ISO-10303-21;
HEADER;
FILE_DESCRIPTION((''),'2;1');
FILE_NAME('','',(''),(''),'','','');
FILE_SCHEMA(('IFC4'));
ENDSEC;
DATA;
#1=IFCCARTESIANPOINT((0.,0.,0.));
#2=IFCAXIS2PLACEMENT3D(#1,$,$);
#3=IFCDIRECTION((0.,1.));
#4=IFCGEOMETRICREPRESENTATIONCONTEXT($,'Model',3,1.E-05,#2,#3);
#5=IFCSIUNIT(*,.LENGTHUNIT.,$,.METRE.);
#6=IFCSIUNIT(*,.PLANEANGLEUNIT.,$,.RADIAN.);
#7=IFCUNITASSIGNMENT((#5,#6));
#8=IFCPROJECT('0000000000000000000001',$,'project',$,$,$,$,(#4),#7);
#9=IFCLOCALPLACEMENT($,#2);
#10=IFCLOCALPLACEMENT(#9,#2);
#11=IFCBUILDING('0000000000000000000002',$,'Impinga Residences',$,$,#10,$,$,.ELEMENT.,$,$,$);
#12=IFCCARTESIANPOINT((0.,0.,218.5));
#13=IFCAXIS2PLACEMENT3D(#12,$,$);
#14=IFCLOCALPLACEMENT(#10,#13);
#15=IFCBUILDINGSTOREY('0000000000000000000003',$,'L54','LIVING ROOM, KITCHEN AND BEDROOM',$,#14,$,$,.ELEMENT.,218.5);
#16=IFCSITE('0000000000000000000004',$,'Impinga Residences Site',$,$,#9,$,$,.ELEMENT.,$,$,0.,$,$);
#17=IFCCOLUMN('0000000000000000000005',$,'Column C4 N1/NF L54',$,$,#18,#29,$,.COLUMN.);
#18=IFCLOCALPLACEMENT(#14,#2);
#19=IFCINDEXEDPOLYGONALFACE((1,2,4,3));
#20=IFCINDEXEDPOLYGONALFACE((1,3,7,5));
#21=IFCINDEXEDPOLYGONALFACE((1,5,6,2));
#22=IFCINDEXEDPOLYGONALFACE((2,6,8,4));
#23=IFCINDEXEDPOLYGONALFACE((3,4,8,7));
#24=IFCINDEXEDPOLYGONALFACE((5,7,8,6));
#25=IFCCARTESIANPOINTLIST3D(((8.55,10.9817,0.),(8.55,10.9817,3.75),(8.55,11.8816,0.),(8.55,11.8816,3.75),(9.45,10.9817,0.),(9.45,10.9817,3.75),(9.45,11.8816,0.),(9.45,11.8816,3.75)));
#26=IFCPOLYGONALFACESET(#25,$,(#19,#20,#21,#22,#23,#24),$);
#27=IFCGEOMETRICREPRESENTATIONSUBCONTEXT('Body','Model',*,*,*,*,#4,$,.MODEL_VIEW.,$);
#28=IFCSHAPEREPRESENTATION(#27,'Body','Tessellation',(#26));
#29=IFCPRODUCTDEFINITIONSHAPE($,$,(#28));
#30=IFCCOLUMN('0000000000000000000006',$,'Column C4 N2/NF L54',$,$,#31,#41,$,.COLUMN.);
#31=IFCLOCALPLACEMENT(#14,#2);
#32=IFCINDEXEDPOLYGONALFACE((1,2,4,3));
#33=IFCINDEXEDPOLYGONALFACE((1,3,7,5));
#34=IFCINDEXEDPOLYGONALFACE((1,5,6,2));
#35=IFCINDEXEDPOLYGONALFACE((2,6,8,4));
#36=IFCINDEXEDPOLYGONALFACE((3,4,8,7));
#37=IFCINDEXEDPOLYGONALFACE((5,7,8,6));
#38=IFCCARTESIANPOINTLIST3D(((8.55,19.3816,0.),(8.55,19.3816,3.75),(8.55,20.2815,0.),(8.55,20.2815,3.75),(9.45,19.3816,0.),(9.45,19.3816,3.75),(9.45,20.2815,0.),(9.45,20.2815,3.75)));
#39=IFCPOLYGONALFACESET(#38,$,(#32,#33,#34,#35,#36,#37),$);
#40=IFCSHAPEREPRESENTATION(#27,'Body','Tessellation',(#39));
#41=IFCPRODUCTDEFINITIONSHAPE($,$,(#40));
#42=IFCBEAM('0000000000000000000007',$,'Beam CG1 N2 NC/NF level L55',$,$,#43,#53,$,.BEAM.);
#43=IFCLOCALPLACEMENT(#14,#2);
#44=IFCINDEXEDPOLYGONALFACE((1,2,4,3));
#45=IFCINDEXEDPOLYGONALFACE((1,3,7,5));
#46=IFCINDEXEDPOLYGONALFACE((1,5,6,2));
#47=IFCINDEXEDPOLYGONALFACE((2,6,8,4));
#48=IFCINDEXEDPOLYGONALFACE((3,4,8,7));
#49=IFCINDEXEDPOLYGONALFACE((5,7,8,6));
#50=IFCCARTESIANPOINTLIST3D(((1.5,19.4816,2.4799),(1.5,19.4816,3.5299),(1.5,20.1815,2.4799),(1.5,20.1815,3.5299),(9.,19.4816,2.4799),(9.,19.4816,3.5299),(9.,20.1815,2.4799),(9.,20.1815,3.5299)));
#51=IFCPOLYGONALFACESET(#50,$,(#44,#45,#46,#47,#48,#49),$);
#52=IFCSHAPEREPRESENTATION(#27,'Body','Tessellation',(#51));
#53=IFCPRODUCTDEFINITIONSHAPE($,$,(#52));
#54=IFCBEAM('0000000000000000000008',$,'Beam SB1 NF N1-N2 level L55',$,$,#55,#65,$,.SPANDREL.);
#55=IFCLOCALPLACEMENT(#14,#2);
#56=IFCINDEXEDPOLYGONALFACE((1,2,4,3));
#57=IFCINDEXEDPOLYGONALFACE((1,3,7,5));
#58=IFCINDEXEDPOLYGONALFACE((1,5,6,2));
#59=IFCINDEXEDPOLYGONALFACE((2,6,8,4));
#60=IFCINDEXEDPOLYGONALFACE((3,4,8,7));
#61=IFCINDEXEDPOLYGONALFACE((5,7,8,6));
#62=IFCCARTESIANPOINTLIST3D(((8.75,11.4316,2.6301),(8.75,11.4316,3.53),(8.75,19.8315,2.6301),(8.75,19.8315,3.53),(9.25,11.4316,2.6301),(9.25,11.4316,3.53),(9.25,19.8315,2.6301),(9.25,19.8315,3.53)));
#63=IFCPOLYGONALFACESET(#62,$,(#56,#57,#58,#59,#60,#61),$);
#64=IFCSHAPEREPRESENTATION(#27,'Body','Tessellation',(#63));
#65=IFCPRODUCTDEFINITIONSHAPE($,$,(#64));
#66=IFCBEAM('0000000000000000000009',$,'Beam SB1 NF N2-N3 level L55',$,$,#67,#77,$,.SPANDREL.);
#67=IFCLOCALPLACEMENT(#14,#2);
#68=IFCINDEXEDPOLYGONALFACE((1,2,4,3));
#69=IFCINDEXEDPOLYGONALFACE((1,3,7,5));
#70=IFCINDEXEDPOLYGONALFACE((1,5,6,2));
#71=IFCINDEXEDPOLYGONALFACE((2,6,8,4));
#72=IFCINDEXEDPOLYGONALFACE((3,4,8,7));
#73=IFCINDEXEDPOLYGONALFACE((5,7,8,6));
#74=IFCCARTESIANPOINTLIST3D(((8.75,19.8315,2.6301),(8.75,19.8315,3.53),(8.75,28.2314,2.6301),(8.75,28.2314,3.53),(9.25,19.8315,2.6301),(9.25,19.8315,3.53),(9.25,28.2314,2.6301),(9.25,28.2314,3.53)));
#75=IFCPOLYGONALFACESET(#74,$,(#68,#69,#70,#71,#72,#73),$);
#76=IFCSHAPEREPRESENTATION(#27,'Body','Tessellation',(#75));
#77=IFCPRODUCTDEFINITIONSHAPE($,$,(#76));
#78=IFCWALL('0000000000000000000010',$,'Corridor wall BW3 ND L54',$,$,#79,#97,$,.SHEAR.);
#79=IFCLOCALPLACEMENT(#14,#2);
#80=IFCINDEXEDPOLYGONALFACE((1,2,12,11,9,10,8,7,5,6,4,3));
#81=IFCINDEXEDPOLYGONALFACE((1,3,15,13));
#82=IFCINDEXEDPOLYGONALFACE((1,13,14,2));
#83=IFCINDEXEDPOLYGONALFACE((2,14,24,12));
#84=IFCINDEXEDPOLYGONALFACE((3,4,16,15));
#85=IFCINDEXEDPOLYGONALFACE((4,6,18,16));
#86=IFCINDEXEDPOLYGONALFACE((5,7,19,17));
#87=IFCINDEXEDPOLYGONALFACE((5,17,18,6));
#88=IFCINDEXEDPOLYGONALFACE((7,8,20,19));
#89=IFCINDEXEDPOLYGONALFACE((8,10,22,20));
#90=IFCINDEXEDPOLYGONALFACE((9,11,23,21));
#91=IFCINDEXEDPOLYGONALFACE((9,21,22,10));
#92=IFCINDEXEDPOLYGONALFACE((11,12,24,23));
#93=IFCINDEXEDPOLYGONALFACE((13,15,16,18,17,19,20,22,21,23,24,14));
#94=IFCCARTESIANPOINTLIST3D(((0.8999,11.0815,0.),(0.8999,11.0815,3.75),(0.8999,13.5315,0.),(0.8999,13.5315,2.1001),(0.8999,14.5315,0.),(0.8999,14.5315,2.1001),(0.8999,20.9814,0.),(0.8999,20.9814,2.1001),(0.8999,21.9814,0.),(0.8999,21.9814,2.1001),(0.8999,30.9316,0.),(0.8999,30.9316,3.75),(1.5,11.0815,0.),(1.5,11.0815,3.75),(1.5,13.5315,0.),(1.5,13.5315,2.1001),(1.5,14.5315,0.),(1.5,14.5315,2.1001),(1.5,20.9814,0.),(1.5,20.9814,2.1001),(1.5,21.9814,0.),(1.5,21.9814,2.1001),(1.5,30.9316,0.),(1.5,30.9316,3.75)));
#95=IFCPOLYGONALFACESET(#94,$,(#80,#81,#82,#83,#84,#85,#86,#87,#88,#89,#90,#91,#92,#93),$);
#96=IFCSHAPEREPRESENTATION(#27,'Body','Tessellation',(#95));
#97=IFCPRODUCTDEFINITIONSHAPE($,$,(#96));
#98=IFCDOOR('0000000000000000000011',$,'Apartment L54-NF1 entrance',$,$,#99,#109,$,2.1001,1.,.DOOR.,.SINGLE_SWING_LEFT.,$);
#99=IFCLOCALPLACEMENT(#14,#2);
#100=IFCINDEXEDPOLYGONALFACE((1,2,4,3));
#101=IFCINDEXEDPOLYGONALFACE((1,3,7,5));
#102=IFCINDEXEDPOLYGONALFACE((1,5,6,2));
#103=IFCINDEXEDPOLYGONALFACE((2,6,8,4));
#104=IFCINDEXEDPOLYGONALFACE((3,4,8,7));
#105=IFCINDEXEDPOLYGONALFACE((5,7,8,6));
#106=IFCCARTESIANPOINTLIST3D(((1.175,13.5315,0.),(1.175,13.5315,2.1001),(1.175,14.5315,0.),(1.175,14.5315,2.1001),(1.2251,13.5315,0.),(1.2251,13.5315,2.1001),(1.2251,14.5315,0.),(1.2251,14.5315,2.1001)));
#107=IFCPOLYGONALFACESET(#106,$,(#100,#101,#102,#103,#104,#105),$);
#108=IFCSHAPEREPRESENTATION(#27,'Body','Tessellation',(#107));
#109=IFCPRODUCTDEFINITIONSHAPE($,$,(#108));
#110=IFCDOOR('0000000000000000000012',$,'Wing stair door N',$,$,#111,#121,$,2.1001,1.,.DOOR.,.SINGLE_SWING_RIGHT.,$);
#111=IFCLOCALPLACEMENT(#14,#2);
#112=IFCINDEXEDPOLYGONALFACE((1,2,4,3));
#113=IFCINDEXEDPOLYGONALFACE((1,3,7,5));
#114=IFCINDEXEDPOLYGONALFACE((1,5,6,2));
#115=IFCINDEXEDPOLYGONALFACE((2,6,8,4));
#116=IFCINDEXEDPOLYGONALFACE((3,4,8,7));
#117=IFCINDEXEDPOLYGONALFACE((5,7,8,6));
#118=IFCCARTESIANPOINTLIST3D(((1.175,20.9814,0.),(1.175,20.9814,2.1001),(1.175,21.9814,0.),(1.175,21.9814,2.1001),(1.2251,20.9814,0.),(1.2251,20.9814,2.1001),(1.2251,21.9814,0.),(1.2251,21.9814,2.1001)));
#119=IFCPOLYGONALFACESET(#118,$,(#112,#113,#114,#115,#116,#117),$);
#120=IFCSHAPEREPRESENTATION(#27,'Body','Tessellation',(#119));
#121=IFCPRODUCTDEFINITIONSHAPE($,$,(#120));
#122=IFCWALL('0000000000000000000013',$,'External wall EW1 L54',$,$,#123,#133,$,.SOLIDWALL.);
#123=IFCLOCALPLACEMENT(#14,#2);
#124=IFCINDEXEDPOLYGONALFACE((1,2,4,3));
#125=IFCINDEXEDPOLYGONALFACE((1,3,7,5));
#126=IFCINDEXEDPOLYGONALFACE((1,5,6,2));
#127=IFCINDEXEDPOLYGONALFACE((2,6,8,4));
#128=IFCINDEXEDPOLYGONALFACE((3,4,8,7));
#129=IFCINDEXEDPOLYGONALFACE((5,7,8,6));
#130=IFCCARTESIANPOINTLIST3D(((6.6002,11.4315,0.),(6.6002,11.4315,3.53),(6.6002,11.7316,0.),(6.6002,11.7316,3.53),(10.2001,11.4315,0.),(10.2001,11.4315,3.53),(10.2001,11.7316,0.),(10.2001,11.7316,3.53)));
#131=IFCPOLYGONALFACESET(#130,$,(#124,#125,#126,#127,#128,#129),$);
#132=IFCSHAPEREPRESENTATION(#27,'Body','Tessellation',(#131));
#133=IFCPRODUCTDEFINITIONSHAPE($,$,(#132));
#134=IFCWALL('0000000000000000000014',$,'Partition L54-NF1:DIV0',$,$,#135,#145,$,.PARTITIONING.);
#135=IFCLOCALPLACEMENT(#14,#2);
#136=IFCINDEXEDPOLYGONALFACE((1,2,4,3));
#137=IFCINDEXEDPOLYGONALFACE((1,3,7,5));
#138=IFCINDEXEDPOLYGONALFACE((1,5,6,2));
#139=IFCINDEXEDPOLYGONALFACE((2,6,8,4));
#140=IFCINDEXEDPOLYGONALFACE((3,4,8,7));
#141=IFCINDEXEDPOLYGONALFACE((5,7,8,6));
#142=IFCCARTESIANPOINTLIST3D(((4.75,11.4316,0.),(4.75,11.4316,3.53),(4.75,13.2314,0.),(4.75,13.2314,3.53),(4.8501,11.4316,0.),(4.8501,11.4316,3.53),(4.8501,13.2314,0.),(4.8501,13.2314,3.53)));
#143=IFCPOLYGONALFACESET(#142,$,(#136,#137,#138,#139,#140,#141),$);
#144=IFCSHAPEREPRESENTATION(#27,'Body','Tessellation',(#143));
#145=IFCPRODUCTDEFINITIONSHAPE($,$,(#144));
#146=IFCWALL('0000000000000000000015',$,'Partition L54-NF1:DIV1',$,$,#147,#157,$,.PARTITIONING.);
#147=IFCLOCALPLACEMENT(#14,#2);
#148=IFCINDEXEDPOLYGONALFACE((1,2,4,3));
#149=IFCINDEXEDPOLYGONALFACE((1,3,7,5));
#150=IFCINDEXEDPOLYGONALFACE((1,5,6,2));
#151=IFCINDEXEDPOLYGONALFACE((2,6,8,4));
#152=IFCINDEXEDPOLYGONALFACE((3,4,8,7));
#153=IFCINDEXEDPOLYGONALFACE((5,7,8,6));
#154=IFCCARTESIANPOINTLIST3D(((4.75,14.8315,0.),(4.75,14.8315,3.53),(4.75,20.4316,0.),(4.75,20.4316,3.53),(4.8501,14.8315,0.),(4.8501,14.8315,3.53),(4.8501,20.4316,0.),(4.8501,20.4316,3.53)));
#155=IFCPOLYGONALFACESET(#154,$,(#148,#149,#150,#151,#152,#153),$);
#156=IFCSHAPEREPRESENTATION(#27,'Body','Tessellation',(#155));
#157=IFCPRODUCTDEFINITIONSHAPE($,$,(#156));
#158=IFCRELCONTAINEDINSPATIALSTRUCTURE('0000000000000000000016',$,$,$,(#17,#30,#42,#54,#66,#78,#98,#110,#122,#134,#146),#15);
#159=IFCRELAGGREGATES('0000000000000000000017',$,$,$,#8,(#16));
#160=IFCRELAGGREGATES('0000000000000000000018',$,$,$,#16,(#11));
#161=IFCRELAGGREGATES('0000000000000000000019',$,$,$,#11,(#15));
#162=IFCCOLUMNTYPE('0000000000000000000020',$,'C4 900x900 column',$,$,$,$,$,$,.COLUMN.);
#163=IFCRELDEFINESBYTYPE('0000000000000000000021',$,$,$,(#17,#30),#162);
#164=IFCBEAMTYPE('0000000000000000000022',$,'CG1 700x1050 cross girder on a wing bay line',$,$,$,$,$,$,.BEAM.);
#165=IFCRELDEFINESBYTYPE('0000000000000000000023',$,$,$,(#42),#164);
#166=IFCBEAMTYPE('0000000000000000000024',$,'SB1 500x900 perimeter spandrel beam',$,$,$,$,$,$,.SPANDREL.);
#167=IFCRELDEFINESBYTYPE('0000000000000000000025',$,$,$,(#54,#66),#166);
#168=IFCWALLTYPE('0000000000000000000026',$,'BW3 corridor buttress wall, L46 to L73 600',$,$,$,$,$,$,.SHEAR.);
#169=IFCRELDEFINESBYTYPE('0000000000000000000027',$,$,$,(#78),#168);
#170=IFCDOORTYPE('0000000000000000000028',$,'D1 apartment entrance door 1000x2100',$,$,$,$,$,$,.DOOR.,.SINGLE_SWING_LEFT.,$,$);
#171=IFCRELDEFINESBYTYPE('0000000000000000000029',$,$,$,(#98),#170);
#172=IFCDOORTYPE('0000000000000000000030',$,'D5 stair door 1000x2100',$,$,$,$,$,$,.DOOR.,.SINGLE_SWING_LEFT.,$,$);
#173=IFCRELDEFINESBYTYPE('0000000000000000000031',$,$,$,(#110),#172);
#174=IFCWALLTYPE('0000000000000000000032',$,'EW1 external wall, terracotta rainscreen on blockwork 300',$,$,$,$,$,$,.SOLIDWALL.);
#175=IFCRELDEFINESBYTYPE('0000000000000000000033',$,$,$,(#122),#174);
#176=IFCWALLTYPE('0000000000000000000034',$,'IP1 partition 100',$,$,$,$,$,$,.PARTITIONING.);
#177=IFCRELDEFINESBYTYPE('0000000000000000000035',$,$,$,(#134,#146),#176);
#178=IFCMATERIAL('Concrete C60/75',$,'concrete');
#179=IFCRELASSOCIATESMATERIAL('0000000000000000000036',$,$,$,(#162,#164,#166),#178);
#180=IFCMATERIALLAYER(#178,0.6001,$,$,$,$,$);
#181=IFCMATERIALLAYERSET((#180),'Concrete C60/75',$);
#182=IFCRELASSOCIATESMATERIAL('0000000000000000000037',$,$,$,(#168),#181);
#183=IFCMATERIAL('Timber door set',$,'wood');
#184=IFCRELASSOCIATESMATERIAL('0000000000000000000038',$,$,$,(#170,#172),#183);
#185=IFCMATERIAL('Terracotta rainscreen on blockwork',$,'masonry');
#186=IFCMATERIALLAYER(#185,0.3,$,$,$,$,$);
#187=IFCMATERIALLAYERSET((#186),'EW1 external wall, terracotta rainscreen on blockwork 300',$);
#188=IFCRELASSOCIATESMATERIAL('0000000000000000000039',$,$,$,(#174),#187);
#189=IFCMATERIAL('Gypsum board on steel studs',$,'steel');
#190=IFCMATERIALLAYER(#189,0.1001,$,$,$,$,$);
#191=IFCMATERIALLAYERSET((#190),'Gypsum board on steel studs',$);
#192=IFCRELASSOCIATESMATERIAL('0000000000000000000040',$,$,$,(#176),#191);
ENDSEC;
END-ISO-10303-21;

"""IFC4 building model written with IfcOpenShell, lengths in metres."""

from ifc_helpers import new_model, si_unit, direction, frame, frame_2d, origin, origin_2d, place, context, subcontext, project, spatial, rectangle, extrude, material, layer, layer_set, material_profile, profile_set, type_object, element, fill, save


model = new_model("IFC4")

# Units and contexts
model_context = context("Model", 3, precision=1e-05, world=origin(), true_north=direction((0.0, 1.0)))
body_context = subcontext(model_context, "Body", "Model", "MODEL_VIEW")
ifc_project = project(units=[si_unit("LENGTHUNIT", "METRE"), si_unit("PLANEANGLEUNIT", "RADIAN")], contexts=[model_context])

# Site, building, storey
site_placement = place(None, origin())
site = spatial("IfcSite", under=ifc_project, at=site_placement, Name="Impinga Residences Site", CompositionType="ELEMENT", RefElevation=0.0)
building_placement = place(site_placement, origin())
building = spatial("IfcBuilding", under=site, at=building_placement, Name="Impinga Residences", CompositionType="ELEMENT")
storey_placement = place(building_placement, frame((0.0, 0.0, 218.5)))
storey = spatial("IfcBuildingStorey", under=building, at=storey_placement, Name="L54", Description="LIVING ROOM, KITCHEN AND BEDROOM", CompositionType="ELEMENT", Elevation=218.5)

# Columns
ifc_material_1 = material(Name="Concrete C60/75", Category="concrete")
ifc_material_profile_1 = material_profile(ifc_material_1, rectangle(XDim=0.8999, YDim=0.8999, at=origin_2d()), Name="RC 900x900")
ifc_profile_set_1 = profile_set([ifc_material_profile_1], Name="Concrete C60/75")
column_type = type_object("IfcColumnType", Name="C4 900x900 column", PredefinedType="COLUMN", material=ifc_profile_set_1)
for number, where, z_axis, x_axis, name in (
    (1, (9.0, 11.4316, 0.0), (0.0, 0.0, 1.0), (1.0, 0.0, 0.0), "Column C4 N1/NF L54"),
    (2, (9.0, 19.8315, 0.0), (0.0, 0.0, 1.0), (1.0, 0.0, 0.0), "Column C4 N2/NF L54"),
):
    element("IfcColumn", number, at=place(storey_placement, frame(where, z_axis=z_axis, x_axis=x_axis)), inside=storey, type_object=column_type, Name=name, PredefinedType="COLUMN", context=body_context, shape_type="SweptSolid", body=[
        extrude(rectangle(XDim=0.8999, YDim=0.8999, at=origin_2d()), origin(), (0.0, 0.0, 1.0), 3.75),
    ])

# Beams
ifc_material_profile_2 = material_profile(ifc_material_1, rectangle(XDim=0.7, YDim=1.05, at=origin_2d()), Name="RC 700x1050")
ifc_profile_set_2 = profile_set([ifc_material_profile_2], Name="Concrete C60/75")
beam_type_1 = type_object("IfcBeamType", Name="CG1 700x1050 cross girder on a wing bay line", PredefinedType="BEAM", material=ifc_profile_set_2)
beam_placement = place(storey_placement, frame((1.5, 19.8315, 3.0049), z_axis=(1.0, 0.0, 0.0), x_axis=(0.0, 1.0, 0.0)))
element("IfcBeam", 3, at=beam_placement, inside=storey, type_object=beam_type_1, Name="Beam CG1 N2 NC/NF level L55", PredefinedType="BEAM", context=body_context, shape_type="SweptSolid", body=[
    extrude(rectangle(XDim=0.7, YDim=1.05, at=origin_2d()), origin(), (0.0, 0.0, 1.0), 7.5),
])
ifc_material_profile_3 = material_profile(ifc_material_1, rectangle(XDim=0.5, YDim=0.8999, at=origin_2d()), Name="RC 500x900")
ifc_profile_set_3 = profile_set([ifc_material_profile_3], Name="Concrete C60/75")
beam_type_2 = type_object("IfcBeamType", Name="SB1 500x900 perimeter spandrel beam", PredefinedType="SPANDREL", material=ifc_profile_set_3)
for number, where, z_axis, x_axis, name in (
    (4, (9.0, 11.4316, 3.0801), (0.0, 1.0, 0.0), (-1.0, 0.0, 0.0), "Beam SB1 NF N1-N2 level L55"),
    (5, (9.0, 19.8315, 3.0801), (0.0, 1.0, 0.0), (-1.0, 0.0, 0.0), "Beam SB1 NF N2-N3 level L55"),
):
    element("IfcBeam", number, at=place(storey_placement, frame(where, z_axis=z_axis, x_axis=x_axis)), inside=storey, type_object=beam_type_2, Name=name, PredefinedType="SPANDREL", context=body_context, shape_type="SweptSolid", body=[
        extrude(rectangle(XDim=0.5, YDim=0.8999, at=origin_2d()), origin(), (0.0, 0.0, 1.0), 8.3999),
    ])

# Wall, openings, doors
ifc_layer_1 = layer(ifc_material_1, 0.6001)
ifc_layer_set_1 = layer_set([ifc_layer_1], Name="Concrete C60/75")
wall_type_1 = type_object("IfcWallType", Name="BW3 corridor buttress wall, L46 to L73 600", PredefinedType="SHEAR", material=ifc_layer_set_1)
wall_1_placement = place(storey_placement, frame((1.2, 11.0815, 0.0), z_axis=(0.0, 0.0, 1.0), x_axis=(0.0, 1.0, 0.0)))
wall_1 = element("IfcWall", 6, at=wall_1_placement, inside=storey, type_object=wall_type_1, Name="Corridor wall BW3 ND L54", PredefinedType="SHEAR", context=body_context, shape_type="SweptSolid", body=[
    extrude(rectangle(XDim=19.8501, YDim=0.6001, at=frame_2d((9.925, 0.0))), origin(), (0.0, 0.0, 1.0), 3.75),
])
opening_1_placement = place(wall_1_placement, frame((9.8999, 0.0, 0.0)))
opening_1 = element("IfcOpeningElement", 7, at=opening_1_placement, cuts=wall_1, PredefinedType="OPENING", context=body_context, shape_type="SweptSolid", body=[
    extrude(rectangle(XDim=1.0, YDim=2.1001, at=frame_2d((0.5, 1.05))), frame((0.0, 0.3101, 0.0), z_axis=(0.0, -1.0, 0.0), x_axis=(1.0, 0.0, 0.0)), (0.0, 0.0, 1.0), 0.6201),
])
opening_2_placement = place(wall_1_placement, frame((2.45, 0.0, 0.0)))
opening_2 = element("IfcOpeningElement", 8, at=opening_2_placement, cuts=wall_1, PredefinedType="OPENING", context=body_context, shape_type="SweptSolid", body=[
    extrude(rectangle(XDim=1.0, YDim=2.1001, at=frame_2d((0.5, 1.05))), frame((0.0, 0.3101, 0.0), z_axis=(0.0, -1.0, 0.0), x_axis=(1.0, 0.0, 0.0)), (0.0, 0.0, 1.0), 0.6201),
])
ifc_material_2 = material(Name="Timber door set", Category="wood")
door_type_1 = type_object("IfcDoorType", Name="D1 apartment entrance door 1000x2100", OperationType="SINGLE_SWING_LEFT", PredefinedType="DOOR", material=ifc_material_2)
door_1_placement = place(opening_2_placement, origin())
door_1 = element("IfcDoor", 9, at=door_1_placement, inside=storey, type_object=door_type_1, Name="Apartment L54-NF1 entrance", OperationType="SINGLE_SWING_LEFT", OverallHeight=2.1001, OverallWidth=1.0, PredefinedType="DOOR", context=body_context, shape_type="SweptSolid", body=[
    extrude(rectangle(XDim=1.0, YDim=2.1001, at=frame_2d((0.5, 1.05))), frame((0.0, 0.0249, 0.0), z_axis=(0.0, -1.0, 0.0), x_axis=(1.0, 0.0, 0.0)), (0.0, 0.0, 1.0), 0.05),
])
fill(opening_2, door_1)
door_type_2 = type_object("IfcDoorType", Name="D5 stair door 1000x2100", OperationType="SINGLE_SWING_LEFT", PredefinedType="DOOR", material=ifc_material_2)
door_2_placement = place(opening_1_placement, origin())
door_2 = element("IfcDoor", 10, at=door_2_placement, inside=storey, type_object=door_type_2, Name="Wing stair door N", OperationType="SINGLE_SWING_RIGHT", OverallHeight=2.1001, OverallWidth=1.0, PredefinedType="DOOR", context=body_context, shape_type="SweptSolid", body=[
    extrude(rectangle(XDim=1.0, YDim=2.1001, at=frame_2d((0.5, 1.05))), frame((0.0, 0.0249, 0.0), z_axis=(0.0, -1.0, 0.0), x_axis=(1.0, 0.0, 0.0)), (0.0, 0.0, 1.0), 0.05),
])
fill(opening_1, door_2)

# Walls
ifc_material_3 = material(Name="Terracotta rainscreen on blockwork", Category="masonry")
ifc_layer_2 = layer(ifc_material_3, 0.3)
ifc_layer_set_2 = layer_set([ifc_layer_2], Name="EW1 external wall, terracotta rainscreen on blockwork 300")
wall_type_2 = type_object("IfcWallType", Name="EW1 external wall, terracotta rainscreen on blockwork 300", PredefinedType="SOLIDWALL", material=ifc_layer_set_2)
wall_2_placement = place(storey_placement, frame((10.2, 11.5815, 0.0), z_axis=(0.0, 0.0, 1.0), x_axis=(-1.0, 0.0, 0.0)))
element("IfcWall", 11, at=wall_2_placement, inside=storey, type_object=wall_type_2, Name="External wall EW1 L54", PredefinedType="SOLIDWALL", context=body_context, shape_type="SweptSolid", body=[
    extrude(rectangle(XDim=3.5999, YDim=0.3, at=frame_2d((1.7998, 0.0))), origin(), (0.0, 0.0, 1.0), 3.53),
])
ifc_material_4 = material(Name="Gypsum board on steel studs", Category="steel")
ifc_layer_3 = layer(ifc_material_4, 0.1001)
ifc_layer_set_3 = layer_set([ifc_layer_3], Name="Gypsum board on steel studs")
wall_type_3 = type_object("IfcWallType", Name="IP1 partition 100", PredefinedType="PARTITIONING", material=ifc_layer_set_3)
wall_3_placement = place(storey_placement, frame((4.8, 11.4316, 0.0), z_axis=(0.0, 0.0, 1.0), x_axis=(0.0, 1.0, 0.0)))
element("IfcWall", 12, at=wall_3_placement, inside=storey, type_object=wall_type_3, Name="Partition L54-NF1:DIV0", PredefinedType="PARTITIONING", context=body_context, shape_type="SweptSolid", body=[
    extrude(rectangle(XDim=1.7998, YDim=0.1001, at=frame_2d((0.8999, 0.0))), origin(), (0.0, 0.0, 1.0), 3.53),
])
wall_4_placement = place(storey_placement, frame((4.8, 14.8315, 0.0), z_axis=(0.0, 0.0, 1.0), x_axis=(0.0, 1.0, 0.0)))
element("IfcWall", 13, at=wall_4_placement, inside=storey, type_object=wall_type_3, Name="Partition L54-NF1:DIV1", PredefinedType="PARTITIONING", context=body_context, shape_type="SweptSolid", body=[
    extrude(rectangle(XDim=5.6001, YDim=0.1001, at=frame_2d((2.8, 0.0))), origin(), (0.0, 0.0, 1.0), 3.53),
])

save(model, "model.ifc")
